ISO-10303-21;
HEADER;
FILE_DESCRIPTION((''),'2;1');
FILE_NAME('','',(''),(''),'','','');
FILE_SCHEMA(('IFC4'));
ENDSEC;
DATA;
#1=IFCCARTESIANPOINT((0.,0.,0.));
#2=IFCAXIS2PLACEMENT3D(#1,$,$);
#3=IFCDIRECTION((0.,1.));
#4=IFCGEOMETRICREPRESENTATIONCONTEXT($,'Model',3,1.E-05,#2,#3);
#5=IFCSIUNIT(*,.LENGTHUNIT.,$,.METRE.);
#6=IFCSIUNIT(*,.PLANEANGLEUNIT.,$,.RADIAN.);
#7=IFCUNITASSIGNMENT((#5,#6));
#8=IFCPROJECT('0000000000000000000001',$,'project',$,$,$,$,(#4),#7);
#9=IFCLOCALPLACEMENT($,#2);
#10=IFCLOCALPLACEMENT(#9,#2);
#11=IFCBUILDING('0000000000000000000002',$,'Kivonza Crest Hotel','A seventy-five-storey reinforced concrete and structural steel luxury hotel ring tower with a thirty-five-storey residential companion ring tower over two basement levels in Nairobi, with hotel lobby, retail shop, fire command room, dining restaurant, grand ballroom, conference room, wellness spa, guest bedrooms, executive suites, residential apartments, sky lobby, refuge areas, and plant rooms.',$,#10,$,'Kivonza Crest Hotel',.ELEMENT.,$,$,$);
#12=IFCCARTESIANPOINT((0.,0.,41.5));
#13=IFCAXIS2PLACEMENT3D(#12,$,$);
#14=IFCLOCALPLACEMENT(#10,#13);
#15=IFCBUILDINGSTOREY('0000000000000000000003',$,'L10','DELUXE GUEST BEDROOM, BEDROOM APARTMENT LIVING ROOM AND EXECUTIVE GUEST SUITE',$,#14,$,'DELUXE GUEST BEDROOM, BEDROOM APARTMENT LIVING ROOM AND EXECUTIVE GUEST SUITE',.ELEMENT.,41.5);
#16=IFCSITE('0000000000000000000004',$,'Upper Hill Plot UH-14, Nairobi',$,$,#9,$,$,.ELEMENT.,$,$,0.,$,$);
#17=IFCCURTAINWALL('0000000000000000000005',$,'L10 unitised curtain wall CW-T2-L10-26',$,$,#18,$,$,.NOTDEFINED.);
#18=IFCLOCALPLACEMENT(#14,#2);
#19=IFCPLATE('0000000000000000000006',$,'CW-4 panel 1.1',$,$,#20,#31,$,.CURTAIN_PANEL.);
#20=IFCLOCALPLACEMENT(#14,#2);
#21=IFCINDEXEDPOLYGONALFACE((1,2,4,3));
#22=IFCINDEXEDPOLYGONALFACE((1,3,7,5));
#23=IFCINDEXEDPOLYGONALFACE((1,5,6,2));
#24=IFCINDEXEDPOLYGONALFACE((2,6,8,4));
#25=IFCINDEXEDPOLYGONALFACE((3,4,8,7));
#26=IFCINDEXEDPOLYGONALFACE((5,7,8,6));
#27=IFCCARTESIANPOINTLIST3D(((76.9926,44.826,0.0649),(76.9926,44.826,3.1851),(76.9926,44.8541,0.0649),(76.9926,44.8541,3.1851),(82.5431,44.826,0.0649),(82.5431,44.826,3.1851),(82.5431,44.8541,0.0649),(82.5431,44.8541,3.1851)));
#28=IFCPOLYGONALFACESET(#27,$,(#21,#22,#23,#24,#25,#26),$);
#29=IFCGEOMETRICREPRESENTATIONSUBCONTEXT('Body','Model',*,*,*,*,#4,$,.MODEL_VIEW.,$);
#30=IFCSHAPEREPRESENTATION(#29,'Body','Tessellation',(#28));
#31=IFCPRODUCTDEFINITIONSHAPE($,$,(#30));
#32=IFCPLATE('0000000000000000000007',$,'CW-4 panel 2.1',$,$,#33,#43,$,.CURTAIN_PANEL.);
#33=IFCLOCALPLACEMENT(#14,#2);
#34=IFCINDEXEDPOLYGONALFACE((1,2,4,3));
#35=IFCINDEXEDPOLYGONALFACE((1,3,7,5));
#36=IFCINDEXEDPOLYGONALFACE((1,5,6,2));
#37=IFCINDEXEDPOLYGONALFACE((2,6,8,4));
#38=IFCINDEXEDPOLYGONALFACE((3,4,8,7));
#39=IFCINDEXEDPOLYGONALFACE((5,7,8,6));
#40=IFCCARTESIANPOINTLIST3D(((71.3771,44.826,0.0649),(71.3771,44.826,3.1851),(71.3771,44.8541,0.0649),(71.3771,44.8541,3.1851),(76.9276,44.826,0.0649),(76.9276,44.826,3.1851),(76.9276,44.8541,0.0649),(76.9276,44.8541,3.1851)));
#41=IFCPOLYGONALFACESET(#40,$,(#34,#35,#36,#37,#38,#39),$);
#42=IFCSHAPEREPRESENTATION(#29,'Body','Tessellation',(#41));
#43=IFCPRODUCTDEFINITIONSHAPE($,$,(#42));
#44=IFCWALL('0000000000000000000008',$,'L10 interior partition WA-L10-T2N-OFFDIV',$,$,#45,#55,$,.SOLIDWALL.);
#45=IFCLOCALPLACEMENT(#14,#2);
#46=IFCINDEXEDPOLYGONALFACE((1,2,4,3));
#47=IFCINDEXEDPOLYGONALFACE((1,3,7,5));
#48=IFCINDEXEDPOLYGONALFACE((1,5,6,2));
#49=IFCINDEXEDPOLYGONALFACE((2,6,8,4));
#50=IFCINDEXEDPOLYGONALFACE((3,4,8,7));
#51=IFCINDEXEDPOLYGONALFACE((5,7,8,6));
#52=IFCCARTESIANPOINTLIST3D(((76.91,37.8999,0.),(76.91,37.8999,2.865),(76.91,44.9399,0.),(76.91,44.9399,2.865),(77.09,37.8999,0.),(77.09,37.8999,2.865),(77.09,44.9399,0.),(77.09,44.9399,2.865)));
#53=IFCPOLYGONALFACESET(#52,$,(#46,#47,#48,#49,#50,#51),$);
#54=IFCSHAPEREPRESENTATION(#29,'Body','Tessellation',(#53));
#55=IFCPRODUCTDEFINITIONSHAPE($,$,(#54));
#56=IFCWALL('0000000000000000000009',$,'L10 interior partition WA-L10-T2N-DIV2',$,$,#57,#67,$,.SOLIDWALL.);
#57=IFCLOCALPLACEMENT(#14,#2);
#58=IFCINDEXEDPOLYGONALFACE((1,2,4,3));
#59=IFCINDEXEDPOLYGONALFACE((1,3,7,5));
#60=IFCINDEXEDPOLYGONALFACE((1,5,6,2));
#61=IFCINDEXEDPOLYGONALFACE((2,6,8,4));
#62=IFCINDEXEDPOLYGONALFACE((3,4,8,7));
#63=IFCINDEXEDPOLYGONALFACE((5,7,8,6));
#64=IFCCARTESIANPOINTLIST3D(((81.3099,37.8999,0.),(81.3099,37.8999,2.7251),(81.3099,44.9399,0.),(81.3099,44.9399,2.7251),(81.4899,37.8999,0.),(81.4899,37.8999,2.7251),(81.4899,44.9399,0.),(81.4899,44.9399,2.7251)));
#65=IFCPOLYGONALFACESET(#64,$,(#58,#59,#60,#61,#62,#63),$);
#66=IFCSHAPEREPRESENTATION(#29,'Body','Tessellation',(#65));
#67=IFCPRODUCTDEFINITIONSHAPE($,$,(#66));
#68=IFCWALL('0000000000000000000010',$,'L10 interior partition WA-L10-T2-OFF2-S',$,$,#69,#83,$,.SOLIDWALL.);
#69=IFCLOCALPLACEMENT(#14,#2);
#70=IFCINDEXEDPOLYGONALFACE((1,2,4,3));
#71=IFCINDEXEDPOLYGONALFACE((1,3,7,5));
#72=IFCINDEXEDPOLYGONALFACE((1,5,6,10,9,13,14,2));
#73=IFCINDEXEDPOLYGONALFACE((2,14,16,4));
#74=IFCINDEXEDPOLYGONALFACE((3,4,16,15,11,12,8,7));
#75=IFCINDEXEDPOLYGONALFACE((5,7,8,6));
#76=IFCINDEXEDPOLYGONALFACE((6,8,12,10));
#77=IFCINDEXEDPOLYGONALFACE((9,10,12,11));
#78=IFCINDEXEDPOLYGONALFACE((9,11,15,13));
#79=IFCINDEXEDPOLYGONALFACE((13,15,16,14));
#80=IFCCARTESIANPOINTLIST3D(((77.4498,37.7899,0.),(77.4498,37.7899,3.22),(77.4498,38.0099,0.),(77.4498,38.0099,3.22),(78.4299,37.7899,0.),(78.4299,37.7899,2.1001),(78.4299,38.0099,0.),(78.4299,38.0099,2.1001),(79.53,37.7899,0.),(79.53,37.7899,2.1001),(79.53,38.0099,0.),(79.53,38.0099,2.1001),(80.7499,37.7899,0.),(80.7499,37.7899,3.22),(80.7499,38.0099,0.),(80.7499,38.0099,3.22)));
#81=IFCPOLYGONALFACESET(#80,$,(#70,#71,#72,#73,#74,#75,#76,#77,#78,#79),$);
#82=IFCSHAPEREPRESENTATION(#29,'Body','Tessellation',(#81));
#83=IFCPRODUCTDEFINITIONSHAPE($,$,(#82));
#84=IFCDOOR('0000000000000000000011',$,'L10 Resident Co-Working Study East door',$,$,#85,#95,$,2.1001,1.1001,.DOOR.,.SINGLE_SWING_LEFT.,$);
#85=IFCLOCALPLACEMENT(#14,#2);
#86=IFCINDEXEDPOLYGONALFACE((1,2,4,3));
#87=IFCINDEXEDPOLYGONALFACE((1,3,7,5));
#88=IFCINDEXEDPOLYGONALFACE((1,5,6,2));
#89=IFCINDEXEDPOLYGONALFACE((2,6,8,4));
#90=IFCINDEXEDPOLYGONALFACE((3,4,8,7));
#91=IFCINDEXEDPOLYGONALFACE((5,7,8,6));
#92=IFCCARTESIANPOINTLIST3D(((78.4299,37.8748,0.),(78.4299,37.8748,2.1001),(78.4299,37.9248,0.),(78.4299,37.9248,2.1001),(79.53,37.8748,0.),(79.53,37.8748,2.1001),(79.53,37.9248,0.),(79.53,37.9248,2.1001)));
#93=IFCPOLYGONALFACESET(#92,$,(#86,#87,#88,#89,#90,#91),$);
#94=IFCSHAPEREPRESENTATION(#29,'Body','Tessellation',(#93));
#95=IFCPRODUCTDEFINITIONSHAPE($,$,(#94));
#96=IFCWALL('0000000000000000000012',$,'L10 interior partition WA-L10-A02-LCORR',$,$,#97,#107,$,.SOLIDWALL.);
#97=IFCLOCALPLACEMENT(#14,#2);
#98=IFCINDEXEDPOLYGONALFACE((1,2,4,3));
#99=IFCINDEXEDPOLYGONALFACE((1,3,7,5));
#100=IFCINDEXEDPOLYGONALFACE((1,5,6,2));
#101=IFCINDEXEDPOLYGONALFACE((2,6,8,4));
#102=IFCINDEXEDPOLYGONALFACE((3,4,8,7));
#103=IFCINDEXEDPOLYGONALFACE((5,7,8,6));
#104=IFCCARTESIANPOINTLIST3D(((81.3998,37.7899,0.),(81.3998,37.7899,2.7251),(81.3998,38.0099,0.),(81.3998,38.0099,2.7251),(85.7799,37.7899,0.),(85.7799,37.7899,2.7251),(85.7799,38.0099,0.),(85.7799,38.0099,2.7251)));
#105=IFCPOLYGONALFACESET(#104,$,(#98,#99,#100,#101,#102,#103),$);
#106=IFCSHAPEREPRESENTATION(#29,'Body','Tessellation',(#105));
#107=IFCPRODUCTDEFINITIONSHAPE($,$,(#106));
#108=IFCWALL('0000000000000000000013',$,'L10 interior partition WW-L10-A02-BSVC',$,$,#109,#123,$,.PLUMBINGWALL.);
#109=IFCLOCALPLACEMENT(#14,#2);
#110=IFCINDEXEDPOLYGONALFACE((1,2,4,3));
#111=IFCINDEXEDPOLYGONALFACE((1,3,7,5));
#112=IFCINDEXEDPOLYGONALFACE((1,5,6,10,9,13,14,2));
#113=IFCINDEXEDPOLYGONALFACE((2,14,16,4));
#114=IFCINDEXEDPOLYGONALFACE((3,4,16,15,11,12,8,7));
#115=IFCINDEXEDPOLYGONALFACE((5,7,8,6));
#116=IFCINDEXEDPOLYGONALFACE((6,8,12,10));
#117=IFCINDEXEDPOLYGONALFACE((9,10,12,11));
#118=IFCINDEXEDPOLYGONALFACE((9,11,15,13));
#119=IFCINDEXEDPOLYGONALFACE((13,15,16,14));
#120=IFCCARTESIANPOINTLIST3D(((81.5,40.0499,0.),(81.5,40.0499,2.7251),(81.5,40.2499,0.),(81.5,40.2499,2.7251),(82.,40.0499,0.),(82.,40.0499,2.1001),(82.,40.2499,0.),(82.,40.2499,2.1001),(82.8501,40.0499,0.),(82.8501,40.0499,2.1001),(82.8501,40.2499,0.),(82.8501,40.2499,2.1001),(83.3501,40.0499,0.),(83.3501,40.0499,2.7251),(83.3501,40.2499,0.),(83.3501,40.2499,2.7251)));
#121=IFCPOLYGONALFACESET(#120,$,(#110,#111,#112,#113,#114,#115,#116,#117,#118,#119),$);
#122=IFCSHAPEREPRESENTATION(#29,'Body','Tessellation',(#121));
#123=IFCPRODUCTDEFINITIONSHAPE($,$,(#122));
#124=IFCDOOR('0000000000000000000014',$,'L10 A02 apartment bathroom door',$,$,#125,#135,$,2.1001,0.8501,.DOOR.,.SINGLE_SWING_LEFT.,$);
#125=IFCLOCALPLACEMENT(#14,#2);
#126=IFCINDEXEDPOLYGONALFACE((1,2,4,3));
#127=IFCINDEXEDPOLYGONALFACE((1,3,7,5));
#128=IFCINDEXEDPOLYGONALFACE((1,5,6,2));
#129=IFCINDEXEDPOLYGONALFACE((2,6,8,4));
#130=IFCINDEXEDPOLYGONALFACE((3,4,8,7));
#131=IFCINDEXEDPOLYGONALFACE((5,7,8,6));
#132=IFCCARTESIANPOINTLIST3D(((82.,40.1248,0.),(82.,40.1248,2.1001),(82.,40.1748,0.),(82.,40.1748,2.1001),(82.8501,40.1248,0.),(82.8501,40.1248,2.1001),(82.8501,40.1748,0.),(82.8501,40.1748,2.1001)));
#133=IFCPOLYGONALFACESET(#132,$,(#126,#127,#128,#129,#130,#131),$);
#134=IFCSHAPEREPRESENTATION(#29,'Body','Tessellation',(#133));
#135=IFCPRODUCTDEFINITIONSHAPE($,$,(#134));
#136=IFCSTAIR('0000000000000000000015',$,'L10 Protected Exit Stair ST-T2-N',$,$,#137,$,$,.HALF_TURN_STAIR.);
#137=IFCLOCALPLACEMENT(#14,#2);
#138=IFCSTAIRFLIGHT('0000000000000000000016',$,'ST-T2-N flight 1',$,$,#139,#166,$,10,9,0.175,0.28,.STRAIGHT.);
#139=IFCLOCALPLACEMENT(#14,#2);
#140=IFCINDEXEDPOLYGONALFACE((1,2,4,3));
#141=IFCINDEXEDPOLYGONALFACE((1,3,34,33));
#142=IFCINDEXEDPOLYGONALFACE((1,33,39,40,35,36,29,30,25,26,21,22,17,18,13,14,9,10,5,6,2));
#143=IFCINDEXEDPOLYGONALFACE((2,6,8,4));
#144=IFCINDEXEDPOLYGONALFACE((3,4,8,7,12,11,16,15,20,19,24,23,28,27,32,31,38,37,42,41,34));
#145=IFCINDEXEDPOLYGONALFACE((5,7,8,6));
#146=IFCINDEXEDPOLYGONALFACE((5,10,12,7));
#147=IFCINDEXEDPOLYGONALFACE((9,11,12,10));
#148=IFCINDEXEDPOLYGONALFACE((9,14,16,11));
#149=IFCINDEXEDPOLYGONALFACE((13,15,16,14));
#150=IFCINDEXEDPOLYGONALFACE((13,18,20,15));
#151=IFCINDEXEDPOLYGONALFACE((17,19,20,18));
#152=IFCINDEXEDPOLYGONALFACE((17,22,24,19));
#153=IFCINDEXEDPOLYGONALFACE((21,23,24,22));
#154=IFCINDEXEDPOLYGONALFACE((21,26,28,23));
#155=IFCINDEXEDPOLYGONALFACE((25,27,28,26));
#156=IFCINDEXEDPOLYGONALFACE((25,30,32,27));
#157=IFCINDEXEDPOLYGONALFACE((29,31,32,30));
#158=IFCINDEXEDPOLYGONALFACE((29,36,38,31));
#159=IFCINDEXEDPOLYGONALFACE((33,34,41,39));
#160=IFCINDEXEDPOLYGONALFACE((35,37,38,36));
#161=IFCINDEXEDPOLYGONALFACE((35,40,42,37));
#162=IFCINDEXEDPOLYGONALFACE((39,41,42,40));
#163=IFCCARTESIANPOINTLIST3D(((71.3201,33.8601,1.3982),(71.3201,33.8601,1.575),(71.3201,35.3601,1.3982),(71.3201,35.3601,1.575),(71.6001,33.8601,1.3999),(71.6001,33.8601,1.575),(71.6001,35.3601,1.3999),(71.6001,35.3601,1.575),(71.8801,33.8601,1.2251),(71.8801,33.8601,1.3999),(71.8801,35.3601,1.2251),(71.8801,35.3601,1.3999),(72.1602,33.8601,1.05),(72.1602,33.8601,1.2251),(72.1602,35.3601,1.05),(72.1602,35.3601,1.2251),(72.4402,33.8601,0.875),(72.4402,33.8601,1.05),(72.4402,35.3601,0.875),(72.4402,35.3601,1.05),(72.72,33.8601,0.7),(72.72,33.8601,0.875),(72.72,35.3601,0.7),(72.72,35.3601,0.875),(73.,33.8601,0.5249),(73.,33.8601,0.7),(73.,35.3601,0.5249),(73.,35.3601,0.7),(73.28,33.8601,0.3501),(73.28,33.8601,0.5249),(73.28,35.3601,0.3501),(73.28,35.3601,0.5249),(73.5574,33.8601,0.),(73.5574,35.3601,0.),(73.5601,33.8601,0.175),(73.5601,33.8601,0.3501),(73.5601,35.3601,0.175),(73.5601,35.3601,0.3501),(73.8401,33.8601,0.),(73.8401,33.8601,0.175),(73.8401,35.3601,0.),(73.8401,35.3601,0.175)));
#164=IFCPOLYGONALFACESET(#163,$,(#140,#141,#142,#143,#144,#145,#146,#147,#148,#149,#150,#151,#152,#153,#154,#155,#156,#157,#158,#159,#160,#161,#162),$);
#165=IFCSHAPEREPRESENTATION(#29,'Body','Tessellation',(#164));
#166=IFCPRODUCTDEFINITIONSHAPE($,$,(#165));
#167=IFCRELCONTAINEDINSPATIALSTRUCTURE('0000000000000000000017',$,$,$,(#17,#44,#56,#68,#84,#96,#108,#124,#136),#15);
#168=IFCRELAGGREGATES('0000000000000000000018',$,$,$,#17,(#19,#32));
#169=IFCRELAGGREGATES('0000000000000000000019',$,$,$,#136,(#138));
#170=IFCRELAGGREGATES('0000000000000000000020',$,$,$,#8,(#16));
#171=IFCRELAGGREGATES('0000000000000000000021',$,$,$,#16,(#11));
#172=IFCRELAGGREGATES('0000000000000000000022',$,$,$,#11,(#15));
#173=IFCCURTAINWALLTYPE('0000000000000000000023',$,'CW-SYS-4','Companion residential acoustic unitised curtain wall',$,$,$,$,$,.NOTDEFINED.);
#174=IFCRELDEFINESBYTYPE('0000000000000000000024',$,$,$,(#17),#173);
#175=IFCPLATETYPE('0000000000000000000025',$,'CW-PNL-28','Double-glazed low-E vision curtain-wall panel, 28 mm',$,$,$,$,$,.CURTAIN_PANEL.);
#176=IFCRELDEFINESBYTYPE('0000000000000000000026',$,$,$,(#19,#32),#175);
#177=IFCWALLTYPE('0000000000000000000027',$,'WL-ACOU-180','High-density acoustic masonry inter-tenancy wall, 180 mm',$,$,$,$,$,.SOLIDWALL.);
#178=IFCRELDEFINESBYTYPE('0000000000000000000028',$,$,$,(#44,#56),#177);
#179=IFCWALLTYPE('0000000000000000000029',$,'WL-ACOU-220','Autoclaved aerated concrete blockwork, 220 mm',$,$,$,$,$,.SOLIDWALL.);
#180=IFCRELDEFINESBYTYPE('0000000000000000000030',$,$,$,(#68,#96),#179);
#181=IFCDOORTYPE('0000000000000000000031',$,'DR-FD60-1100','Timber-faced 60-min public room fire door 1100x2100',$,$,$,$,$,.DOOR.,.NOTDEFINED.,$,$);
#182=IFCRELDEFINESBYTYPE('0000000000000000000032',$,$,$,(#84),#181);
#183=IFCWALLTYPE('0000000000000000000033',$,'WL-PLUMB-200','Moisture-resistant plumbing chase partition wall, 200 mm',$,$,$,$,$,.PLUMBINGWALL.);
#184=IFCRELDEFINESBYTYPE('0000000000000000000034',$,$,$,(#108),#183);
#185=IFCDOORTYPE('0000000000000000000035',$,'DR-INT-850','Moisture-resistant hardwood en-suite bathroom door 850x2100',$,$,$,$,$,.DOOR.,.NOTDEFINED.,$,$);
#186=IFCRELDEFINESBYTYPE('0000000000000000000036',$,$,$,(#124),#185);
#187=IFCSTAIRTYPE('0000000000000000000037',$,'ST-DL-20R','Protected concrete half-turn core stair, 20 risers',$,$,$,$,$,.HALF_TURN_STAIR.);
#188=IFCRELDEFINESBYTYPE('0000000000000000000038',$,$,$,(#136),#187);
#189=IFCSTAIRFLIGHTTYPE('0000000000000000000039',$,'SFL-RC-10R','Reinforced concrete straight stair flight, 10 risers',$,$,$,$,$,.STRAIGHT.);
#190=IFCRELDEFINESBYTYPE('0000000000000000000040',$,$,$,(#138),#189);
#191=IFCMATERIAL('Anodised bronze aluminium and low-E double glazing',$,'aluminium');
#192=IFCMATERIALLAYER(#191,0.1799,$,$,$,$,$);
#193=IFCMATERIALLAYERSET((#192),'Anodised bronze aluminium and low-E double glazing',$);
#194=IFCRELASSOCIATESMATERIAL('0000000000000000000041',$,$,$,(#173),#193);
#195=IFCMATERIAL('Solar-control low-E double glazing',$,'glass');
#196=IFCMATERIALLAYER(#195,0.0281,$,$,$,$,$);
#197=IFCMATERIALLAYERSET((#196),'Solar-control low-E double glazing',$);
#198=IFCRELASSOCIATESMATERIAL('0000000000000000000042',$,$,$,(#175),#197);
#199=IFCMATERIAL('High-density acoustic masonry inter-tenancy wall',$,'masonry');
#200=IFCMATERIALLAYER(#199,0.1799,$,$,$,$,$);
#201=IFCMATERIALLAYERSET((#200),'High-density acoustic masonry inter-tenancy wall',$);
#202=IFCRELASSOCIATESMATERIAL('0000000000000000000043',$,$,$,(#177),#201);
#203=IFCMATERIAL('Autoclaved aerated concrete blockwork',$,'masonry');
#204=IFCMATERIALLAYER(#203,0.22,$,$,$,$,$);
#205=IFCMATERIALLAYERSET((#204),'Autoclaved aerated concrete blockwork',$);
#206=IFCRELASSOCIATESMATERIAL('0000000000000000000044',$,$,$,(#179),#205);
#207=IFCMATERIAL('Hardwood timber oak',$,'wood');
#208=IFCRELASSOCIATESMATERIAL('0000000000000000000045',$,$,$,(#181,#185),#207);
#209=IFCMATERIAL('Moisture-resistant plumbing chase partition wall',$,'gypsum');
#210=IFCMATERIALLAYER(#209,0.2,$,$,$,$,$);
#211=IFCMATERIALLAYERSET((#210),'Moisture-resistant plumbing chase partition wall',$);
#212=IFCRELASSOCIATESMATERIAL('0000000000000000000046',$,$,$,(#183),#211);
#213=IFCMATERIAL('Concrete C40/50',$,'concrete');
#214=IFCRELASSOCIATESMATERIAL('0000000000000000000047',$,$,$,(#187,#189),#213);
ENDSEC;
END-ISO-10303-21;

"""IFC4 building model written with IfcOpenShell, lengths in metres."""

from ifc_helpers import new_model, si_unit, direction, frame, frame_2d, origin, origin_2d, place, context, subcontext, project, spatial, polyline, rectangle, outline, extrude, material, layer, layer_set, type_object, element, fill, aggregate, save


model = new_model("IFC4")

# Units and contexts
model_context = context("Model", 3, precision=1e-05, world=origin(), true_north=direction((0.0, 1.0)))
body_context = subcontext(model_context, "Body", "Model", "MODEL_VIEW")
ifc_project = project(units=[si_unit("LENGTHUNIT", "METRE"), si_unit("PLANEANGLEUNIT", "RADIAN")], contexts=[model_context])

# Site, building, storey
site_placement = place(None, origin())
site = spatial("IfcSite", under=ifc_project, at=site_placement, Name="Upper Hill Plot UH-14, Nairobi", CompositionType="ELEMENT", RefElevation=0.0)
building_placement = place(site_placement, origin())
building = spatial("IfcBuilding", under=site, at=building_placement, Name="Kivonza Crest Hotel", Description="A seventy-five-storey reinforced concrete and structural steel luxury hotel ring tower with a thirty-five-storey residential companion ring tower over two basement levels in Nairobi, with hotel lobby, retail shop, fire command room, dining restaurant, grand ballroom, conference room, wellness spa, guest bedrooms, executive suites, residential apartments, sky lobby, refuge areas, and plant rooms.", LongName="Kivonza Crest Hotel", CompositionType="ELEMENT")
storey_placement = place(building_placement, frame((0.0, 0.0, 41.5)))
storey = spatial("IfcBuildingStorey", under=building, at=storey_placement, Name="L10", Description="DELUXE GUEST BEDROOM, BEDROOM APARTMENT LIVING ROOM AND EXECUTIVE GUEST SUITE", LongName="DELUXE GUEST BEDROOM, BEDROOM APARTMENT LIVING ROOM AND EXECUTIVE GUEST SUITE", CompositionType="ELEMENT", Elevation=41.5)

# Curtain wall, plates
ifc_material_1 = material(Name="Anodised bronze aluminium and low-E double glazing", Category="aluminium")
ifc_layer_1 = layer(ifc_material_1, 0.1799)
ifc_layer_set_1 = layer_set([ifc_layer_1], Name="Anodised bronze aluminium and low-E double glazing")
curtain_wall_type = type_object("IfcCurtainWallType", Name="CW-SYS-4", Description="Companion residential acoustic unitised curtain wall", PredefinedType="NOTDEFINED", material=ifc_layer_set_1)
curtain_wall_placement = place(storey_placement, origin())
curtain_wall = element("IfcCurtainWall", 1, at=curtain_wall_placement, inside=storey, type_object=curtain_wall_type, Name="L10 unitised curtain wall CW-T2-L10-26", PredefinedType="NOTDEFINED")
ifc_material_2 = material(Name="Solar-control low-E double glazing", Category="glass")
ifc_layer_2 = layer(ifc_material_2, 0.0281)
ifc_layer_set_2 = layer_set([ifc_layer_2], Name="Solar-control low-E double glazing")
plate_type = type_object("IfcPlateType", Name="CW-PNL-28", Description="Double-glazed low-E vision curtain-wall panel, 28 mm", PredefinedType="CURTAIN_PANEL", material=ifc_layer_set_2)
plate_1_placement = place(storey_placement, frame((79.7678, 44.8401, 0.0649), z_axis=(0.0, 0.0, 1.0), x_axis=(-1.0, 0.0, 0.0)))
plate_1 = element("IfcPlate", 2, at=plate_1_placement, type_object=plate_type, Name="CW-4 panel 1.1", PredefinedType="CURTAIN_PANEL", context=body_context, shape_type="SweptSolid", body=[
    extrude(rectangle(XDim=5.5505, YDim=0.0281, at=origin_2d()), origin(), (0.0, 0.0, 1.0), 3.1201),
])
plate_2_placement = place(storey_placement, frame((74.1523, 44.8401, 0.0649), z_axis=(0.0, 0.0, 1.0), x_axis=(-1.0, 0.0, 0.0)))
plate_2 = element("IfcPlate", 3, at=plate_2_placement, type_object=plate_type, Name="CW-4 panel 2.1", PredefinedType="CURTAIN_PANEL", context=body_context, shape_type="SweptSolid", body=[
    extrude(rectangle(XDim=5.5505, YDim=0.0281, at=origin_2d()), origin(), (0.0, 0.0, 1.0), 3.1201),
])
aggregate(curtain_wall, [plate_1, plate_2])

# Walls
ifc_material_3 = material(Name="High-density acoustic masonry inter-tenancy wall", Category="masonry")
ifc_layer_3 = layer(ifc_material_3, 0.1799)
ifc_layer_set_3 = layer_set([ifc_layer_3], Name="High-density acoustic masonry inter-tenancy wall")
wall_type_1 = type_object("IfcWallType", Name="WL-ACOU-180", Description="High-density acoustic masonry inter-tenancy wall, 180 mm", PredefinedType="SOLIDWALL", material=ifc_layer_set_3)
wall_1_placement = place(storey_placement, frame((77.0, 37.8999, 0.0), z_axis=(0.0, 0.0, 1.0), x_axis=(0.0, 1.0, 0.0)))
element("IfcWall", 4, at=wall_1_placement, inside=storey, type_object=wall_type_1, Name="L10 interior partition WA-L10-T2N-OFFDIV", PredefinedType="SOLIDWALL", context=body_context, shape_type="SweptSolid", body=[
    extrude(rectangle(XDim=7.04, YDim=0.1799, at=frame_2d((3.52, 0.0))), origin(), (0.0, 0.0, 1.0), 2.865),
])
wall_2_placement = place(storey_placement, frame((81.3999, 37.8999, 0.0), z_axis=(0.0, 0.0, 1.0), x_axis=(0.0, 1.0, 0.0)))
element("IfcWall", 5, at=wall_2_placement, inside=storey, type_object=wall_type_1, Name="L10 interior partition WA-L10-T2N-DIV2", PredefinedType="SOLIDWALL", context=body_context, shape_type="SweptSolid", body=[
    extrude(rectangle(XDim=7.04, YDim=0.1799, at=frame_2d((3.52, 0.0))), origin(), (0.0, 0.0, 1.0), 2.7251),
])

# Wall, opening, door
ifc_material_4 = material(Name="Autoclaved aerated concrete blockwork", Category="masonry")
ifc_layer_4 = layer(ifc_material_4, 0.22)
ifc_layer_set_4 = layer_set([ifc_layer_4], Name="Autoclaved aerated concrete blockwork")
wall_type_2 = type_object("IfcWallType", Name="WL-ACOU-220", Description="Autoclaved aerated concrete blockwork, 220 mm", PredefinedType="SOLIDWALL", material=ifc_layer_set_4)
wall_3_placement = place(storey_placement, frame((77.45, 37.8999, 0.0), z_axis=(0.0, 0.0, 1.0), x_axis=(1.0, 0.0, 0.0)))
wall_3 = element("IfcWall", 6, at=wall_3_placement, inside=storey, type_object=wall_type_2, Name="L10 interior partition WA-L10-T2-OFF2-S", PredefinedType="SOLIDWALL", context=body_context, shape_type="SweptSolid", body=[
    extrude(rectangle(XDim=3.3, YDim=0.22, at=frame_2d((1.6499, 0.0))), origin(), (0.0, 0.0, 1.0), 3.22),
])
opening_1_placement = place(wall_3_placement, frame((0.98, 0.0, 0.0)))
opening_1 = element("IfcOpeningElement", 7, at=opening_1_placement, cuts=wall_3, PredefinedType="OPENING", context=body_context, shape_type="SweptSolid", body=[
    extrude(rectangle(XDim=1.1001, YDim=2.1001, at=frame_2d((0.55, 1.05))), frame((0.0, 0.1201, 0.0), z_axis=(0.0, -1.0, 0.0), x_axis=(1.0, 0.0, 0.0)), (0.0, 0.0, 1.0), 0.24),
])
ifc_material_5 = material(Name="Hardwood timber oak", Category="wood")
door_type_1 = type_object("IfcDoorType", Name="DR-FD60-1100", Description="Timber-faced 60-min public room fire door 1100x2100", OperationType="NOTDEFINED", PredefinedType="DOOR", material=ifc_material_5)
door_1_placement = place(opening_1_placement, origin())
door_1 = element("IfcDoor", 8, at=door_1_placement, inside=storey, type_object=door_type_1, Name="L10 Resident Co-Working Study East door", OperationType="SINGLE_SWING_LEFT", OverallHeight=2.1001, OverallWidth=1.1001, PredefinedType="DOOR", context=body_context, shape_type="SweptSolid", body=[
    extrude(rectangle(XDim=1.1001, YDim=2.1001, at=frame_2d((0.55, 1.05))), frame((0.0, 0.0249, 0.0), z_axis=(0.0, -1.0, 0.0), x_axis=(1.0, 0.0, 0.0)), (0.0, 0.0, 1.0), 0.05),
])
fill(opening_1, door_1)

# Wall
wall_4_placement = place(storey_placement, frame((81.3999, 37.8999, 0.0), z_axis=(0.0, 0.0, 1.0), x_axis=(1.0, 0.0, 0.0)))
element("IfcWall", 9, at=wall_4_placement, inside=storey, type_object=wall_type_2, Name="L10 interior partition WA-L10-A02-LCORR", PredefinedType="SOLIDWALL", context=body_context, shape_type="SweptSolid", body=[
    extrude(rectangle(XDim=4.3801, YDim=0.22, at=frame_2d((2.1899, 0.0))), origin(), (0.0, 0.0, 1.0), 2.7251),
])

# Wall, opening, door
ifc_material_6 = material(Name="Moisture-resistant plumbing chase partition wall", Category="gypsum")
ifc_layer_5 = layer(ifc_material_6, 0.2)
ifc_layer_set_5 = layer_set([ifc_layer_5], Name="Moisture-resistant plumbing chase partition wall")
wall_type_3 = type_object("IfcWallType", Name="WL-PLUMB-200", Description="Moisture-resistant plumbing chase partition wall, 200 mm", PredefinedType="PLUMBINGWALL", material=ifc_layer_set_5)
wall_5_placement = place(storey_placement, frame((81.5, 40.1499, 0.0), z_axis=(0.0, 0.0, 1.0), x_axis=(1.0, 0.0, 0.0)))
wall_5 = element("IfcWall", 10, at=wall_5_placement, inside=storey, type_object=wall_type_3, Name="L10 interior partition WW-L10-A02-BSVC", PredefinedType="PLUMBINGWALL", context=body_context, shape_type="SweptSolid", body=[
    extrude(rectangle(XDim=1.8501, YDim=0.2, at=frame_2d((0.925, 0.0))), origin(), (0.0, 0.0, 1.0), 2.7251),
])
opening_2_placement = place(wall_5_placement, frame((0.5, 0.0, 0.0)))
opening_2 = element("IfcOpeningElement", 11, at=opening_2_placement, cuts=wall_5, PredefinedType="OPENING", context=body_context, shape_type="SweptSolid", body=[
    extrude(rectangle(XDim=0.8501, YDim=2.1001, at=frame_2d((0.425, 1.05))), frame((0.0, 0.1099, 0.0), z_axis=(0.0, -1.0, 0.0), x_axis=(1.0, 0.0, 0.0)), (0.0, 0.0, 1.0), 0.22),
])
door_type_2 = type_object("IfcDoorType", Name="DR-INT-850", Description="Moisture-resistant hardwood en-suite bathroom door 850x2100", OperationType="NOTDEFINED", PredefinedType="DOOR", material=ifc_material_5)
door_2_placement = place(opening_2_placement, origin())
door_2 = element("IfcDoor", 12, at=door_2_placement, inside=storey, type_object=door_type_2, Name="L10 A02 apartment bathroom door", OperationType="SINGLE_SWING_LEFT", OverallHeight=2.1001, OverallWidth=0.8501, PredefinedType="DOOR", context=body_context, shape_type="SweptSolid", body=[
    extrude(rectangle(XDim=0.8501, YDim=2.1001, at=frame_2d((0.425, 1.05))), frame((0.0, 0.0249, 0.0), z_axis=(0.0, -1.0, 0.0), x_axis=(1.0, 0.0, 0.0)), (0.0, 0.0, 1.0), 0.05),
])
fill(opening_2, door_2)

# Stair, stair flight
ifc_material_7 = material(Name="Concrete C40/50", Category="concrete")
stair_type = type_object("IfcStairType", Name="ST-DL-20R", Description="Protected concrete half-turn core stair, 20 risers", PredefinedType="HALF_TURN_STAIR", material=ifc_material_7)
stair_placement = place(storey_placement, origin())
stair = element("IfcStair", 13, at=stair_placement, inside=storey, type_object=stair_type, Name="L10 Protected Exit Stair ST-T2-N", PredefinedType="HALF_TURN_STAIR")
stair_flight_type = type_object("IfcStairFlightType", Name="SFL-RC-10R", Description="Reinforced concrete straight stair flight, 10 risers", PredefinedType="STRAIGHT", material=ifc_material_7)
stair_flight_placement = place(storey_placement, frame((73.8401, 34.6101, 0.0), z_axis=(0.0, 0.0, 1.0), x_axis=(-1.0, 0.0, 0.0)))
stair_flight = element("IfcStairFlight", 14, at=stair_flight_placement, type_object=stair_flight_type, Name="ST-T2-N flight 1", NumberOfRisers=10, NumberOfTreads=9, PredefinedType="STRAIGHT", RiserHeight=0.175, TreadLength=0.28, context=body_context, shape_type="SweptSolid", body=[
    extrude(outline(polyline([(0.0, 0.0), (0.0, 0.175), (0.28, 0.175), (0.28, 0.3501), (0.5601, 0.3501), (0.5601, 0.5249), (0.8401, 0.5249), (0.8401, 0.7), (1.1201, 0.7), (1.1201, 0.875), (1.3999, 0.875), (1.3999, 1.05), (1.6799, 1.05), (1.6799, 1.2251), (1.96, 1.2251), (1.96, 1.3999), (2.24, 1.3999), (2.24, 1.575), (2.52, 1.575), (2.52, 1.75), (2.52, 1.3982), (0.2827, 0.0), (0.0, 0.0)])), frame((0.0, 0.75, 0.0), z_axis=(0.0, -1.0, 0.0), x_axis=(1.0, 0.0, 0.0)), (0.0, 0.0, 1.0), 1.5),
])
aggregate(stair, [stair_flight])

save(model, "model.ifc")
